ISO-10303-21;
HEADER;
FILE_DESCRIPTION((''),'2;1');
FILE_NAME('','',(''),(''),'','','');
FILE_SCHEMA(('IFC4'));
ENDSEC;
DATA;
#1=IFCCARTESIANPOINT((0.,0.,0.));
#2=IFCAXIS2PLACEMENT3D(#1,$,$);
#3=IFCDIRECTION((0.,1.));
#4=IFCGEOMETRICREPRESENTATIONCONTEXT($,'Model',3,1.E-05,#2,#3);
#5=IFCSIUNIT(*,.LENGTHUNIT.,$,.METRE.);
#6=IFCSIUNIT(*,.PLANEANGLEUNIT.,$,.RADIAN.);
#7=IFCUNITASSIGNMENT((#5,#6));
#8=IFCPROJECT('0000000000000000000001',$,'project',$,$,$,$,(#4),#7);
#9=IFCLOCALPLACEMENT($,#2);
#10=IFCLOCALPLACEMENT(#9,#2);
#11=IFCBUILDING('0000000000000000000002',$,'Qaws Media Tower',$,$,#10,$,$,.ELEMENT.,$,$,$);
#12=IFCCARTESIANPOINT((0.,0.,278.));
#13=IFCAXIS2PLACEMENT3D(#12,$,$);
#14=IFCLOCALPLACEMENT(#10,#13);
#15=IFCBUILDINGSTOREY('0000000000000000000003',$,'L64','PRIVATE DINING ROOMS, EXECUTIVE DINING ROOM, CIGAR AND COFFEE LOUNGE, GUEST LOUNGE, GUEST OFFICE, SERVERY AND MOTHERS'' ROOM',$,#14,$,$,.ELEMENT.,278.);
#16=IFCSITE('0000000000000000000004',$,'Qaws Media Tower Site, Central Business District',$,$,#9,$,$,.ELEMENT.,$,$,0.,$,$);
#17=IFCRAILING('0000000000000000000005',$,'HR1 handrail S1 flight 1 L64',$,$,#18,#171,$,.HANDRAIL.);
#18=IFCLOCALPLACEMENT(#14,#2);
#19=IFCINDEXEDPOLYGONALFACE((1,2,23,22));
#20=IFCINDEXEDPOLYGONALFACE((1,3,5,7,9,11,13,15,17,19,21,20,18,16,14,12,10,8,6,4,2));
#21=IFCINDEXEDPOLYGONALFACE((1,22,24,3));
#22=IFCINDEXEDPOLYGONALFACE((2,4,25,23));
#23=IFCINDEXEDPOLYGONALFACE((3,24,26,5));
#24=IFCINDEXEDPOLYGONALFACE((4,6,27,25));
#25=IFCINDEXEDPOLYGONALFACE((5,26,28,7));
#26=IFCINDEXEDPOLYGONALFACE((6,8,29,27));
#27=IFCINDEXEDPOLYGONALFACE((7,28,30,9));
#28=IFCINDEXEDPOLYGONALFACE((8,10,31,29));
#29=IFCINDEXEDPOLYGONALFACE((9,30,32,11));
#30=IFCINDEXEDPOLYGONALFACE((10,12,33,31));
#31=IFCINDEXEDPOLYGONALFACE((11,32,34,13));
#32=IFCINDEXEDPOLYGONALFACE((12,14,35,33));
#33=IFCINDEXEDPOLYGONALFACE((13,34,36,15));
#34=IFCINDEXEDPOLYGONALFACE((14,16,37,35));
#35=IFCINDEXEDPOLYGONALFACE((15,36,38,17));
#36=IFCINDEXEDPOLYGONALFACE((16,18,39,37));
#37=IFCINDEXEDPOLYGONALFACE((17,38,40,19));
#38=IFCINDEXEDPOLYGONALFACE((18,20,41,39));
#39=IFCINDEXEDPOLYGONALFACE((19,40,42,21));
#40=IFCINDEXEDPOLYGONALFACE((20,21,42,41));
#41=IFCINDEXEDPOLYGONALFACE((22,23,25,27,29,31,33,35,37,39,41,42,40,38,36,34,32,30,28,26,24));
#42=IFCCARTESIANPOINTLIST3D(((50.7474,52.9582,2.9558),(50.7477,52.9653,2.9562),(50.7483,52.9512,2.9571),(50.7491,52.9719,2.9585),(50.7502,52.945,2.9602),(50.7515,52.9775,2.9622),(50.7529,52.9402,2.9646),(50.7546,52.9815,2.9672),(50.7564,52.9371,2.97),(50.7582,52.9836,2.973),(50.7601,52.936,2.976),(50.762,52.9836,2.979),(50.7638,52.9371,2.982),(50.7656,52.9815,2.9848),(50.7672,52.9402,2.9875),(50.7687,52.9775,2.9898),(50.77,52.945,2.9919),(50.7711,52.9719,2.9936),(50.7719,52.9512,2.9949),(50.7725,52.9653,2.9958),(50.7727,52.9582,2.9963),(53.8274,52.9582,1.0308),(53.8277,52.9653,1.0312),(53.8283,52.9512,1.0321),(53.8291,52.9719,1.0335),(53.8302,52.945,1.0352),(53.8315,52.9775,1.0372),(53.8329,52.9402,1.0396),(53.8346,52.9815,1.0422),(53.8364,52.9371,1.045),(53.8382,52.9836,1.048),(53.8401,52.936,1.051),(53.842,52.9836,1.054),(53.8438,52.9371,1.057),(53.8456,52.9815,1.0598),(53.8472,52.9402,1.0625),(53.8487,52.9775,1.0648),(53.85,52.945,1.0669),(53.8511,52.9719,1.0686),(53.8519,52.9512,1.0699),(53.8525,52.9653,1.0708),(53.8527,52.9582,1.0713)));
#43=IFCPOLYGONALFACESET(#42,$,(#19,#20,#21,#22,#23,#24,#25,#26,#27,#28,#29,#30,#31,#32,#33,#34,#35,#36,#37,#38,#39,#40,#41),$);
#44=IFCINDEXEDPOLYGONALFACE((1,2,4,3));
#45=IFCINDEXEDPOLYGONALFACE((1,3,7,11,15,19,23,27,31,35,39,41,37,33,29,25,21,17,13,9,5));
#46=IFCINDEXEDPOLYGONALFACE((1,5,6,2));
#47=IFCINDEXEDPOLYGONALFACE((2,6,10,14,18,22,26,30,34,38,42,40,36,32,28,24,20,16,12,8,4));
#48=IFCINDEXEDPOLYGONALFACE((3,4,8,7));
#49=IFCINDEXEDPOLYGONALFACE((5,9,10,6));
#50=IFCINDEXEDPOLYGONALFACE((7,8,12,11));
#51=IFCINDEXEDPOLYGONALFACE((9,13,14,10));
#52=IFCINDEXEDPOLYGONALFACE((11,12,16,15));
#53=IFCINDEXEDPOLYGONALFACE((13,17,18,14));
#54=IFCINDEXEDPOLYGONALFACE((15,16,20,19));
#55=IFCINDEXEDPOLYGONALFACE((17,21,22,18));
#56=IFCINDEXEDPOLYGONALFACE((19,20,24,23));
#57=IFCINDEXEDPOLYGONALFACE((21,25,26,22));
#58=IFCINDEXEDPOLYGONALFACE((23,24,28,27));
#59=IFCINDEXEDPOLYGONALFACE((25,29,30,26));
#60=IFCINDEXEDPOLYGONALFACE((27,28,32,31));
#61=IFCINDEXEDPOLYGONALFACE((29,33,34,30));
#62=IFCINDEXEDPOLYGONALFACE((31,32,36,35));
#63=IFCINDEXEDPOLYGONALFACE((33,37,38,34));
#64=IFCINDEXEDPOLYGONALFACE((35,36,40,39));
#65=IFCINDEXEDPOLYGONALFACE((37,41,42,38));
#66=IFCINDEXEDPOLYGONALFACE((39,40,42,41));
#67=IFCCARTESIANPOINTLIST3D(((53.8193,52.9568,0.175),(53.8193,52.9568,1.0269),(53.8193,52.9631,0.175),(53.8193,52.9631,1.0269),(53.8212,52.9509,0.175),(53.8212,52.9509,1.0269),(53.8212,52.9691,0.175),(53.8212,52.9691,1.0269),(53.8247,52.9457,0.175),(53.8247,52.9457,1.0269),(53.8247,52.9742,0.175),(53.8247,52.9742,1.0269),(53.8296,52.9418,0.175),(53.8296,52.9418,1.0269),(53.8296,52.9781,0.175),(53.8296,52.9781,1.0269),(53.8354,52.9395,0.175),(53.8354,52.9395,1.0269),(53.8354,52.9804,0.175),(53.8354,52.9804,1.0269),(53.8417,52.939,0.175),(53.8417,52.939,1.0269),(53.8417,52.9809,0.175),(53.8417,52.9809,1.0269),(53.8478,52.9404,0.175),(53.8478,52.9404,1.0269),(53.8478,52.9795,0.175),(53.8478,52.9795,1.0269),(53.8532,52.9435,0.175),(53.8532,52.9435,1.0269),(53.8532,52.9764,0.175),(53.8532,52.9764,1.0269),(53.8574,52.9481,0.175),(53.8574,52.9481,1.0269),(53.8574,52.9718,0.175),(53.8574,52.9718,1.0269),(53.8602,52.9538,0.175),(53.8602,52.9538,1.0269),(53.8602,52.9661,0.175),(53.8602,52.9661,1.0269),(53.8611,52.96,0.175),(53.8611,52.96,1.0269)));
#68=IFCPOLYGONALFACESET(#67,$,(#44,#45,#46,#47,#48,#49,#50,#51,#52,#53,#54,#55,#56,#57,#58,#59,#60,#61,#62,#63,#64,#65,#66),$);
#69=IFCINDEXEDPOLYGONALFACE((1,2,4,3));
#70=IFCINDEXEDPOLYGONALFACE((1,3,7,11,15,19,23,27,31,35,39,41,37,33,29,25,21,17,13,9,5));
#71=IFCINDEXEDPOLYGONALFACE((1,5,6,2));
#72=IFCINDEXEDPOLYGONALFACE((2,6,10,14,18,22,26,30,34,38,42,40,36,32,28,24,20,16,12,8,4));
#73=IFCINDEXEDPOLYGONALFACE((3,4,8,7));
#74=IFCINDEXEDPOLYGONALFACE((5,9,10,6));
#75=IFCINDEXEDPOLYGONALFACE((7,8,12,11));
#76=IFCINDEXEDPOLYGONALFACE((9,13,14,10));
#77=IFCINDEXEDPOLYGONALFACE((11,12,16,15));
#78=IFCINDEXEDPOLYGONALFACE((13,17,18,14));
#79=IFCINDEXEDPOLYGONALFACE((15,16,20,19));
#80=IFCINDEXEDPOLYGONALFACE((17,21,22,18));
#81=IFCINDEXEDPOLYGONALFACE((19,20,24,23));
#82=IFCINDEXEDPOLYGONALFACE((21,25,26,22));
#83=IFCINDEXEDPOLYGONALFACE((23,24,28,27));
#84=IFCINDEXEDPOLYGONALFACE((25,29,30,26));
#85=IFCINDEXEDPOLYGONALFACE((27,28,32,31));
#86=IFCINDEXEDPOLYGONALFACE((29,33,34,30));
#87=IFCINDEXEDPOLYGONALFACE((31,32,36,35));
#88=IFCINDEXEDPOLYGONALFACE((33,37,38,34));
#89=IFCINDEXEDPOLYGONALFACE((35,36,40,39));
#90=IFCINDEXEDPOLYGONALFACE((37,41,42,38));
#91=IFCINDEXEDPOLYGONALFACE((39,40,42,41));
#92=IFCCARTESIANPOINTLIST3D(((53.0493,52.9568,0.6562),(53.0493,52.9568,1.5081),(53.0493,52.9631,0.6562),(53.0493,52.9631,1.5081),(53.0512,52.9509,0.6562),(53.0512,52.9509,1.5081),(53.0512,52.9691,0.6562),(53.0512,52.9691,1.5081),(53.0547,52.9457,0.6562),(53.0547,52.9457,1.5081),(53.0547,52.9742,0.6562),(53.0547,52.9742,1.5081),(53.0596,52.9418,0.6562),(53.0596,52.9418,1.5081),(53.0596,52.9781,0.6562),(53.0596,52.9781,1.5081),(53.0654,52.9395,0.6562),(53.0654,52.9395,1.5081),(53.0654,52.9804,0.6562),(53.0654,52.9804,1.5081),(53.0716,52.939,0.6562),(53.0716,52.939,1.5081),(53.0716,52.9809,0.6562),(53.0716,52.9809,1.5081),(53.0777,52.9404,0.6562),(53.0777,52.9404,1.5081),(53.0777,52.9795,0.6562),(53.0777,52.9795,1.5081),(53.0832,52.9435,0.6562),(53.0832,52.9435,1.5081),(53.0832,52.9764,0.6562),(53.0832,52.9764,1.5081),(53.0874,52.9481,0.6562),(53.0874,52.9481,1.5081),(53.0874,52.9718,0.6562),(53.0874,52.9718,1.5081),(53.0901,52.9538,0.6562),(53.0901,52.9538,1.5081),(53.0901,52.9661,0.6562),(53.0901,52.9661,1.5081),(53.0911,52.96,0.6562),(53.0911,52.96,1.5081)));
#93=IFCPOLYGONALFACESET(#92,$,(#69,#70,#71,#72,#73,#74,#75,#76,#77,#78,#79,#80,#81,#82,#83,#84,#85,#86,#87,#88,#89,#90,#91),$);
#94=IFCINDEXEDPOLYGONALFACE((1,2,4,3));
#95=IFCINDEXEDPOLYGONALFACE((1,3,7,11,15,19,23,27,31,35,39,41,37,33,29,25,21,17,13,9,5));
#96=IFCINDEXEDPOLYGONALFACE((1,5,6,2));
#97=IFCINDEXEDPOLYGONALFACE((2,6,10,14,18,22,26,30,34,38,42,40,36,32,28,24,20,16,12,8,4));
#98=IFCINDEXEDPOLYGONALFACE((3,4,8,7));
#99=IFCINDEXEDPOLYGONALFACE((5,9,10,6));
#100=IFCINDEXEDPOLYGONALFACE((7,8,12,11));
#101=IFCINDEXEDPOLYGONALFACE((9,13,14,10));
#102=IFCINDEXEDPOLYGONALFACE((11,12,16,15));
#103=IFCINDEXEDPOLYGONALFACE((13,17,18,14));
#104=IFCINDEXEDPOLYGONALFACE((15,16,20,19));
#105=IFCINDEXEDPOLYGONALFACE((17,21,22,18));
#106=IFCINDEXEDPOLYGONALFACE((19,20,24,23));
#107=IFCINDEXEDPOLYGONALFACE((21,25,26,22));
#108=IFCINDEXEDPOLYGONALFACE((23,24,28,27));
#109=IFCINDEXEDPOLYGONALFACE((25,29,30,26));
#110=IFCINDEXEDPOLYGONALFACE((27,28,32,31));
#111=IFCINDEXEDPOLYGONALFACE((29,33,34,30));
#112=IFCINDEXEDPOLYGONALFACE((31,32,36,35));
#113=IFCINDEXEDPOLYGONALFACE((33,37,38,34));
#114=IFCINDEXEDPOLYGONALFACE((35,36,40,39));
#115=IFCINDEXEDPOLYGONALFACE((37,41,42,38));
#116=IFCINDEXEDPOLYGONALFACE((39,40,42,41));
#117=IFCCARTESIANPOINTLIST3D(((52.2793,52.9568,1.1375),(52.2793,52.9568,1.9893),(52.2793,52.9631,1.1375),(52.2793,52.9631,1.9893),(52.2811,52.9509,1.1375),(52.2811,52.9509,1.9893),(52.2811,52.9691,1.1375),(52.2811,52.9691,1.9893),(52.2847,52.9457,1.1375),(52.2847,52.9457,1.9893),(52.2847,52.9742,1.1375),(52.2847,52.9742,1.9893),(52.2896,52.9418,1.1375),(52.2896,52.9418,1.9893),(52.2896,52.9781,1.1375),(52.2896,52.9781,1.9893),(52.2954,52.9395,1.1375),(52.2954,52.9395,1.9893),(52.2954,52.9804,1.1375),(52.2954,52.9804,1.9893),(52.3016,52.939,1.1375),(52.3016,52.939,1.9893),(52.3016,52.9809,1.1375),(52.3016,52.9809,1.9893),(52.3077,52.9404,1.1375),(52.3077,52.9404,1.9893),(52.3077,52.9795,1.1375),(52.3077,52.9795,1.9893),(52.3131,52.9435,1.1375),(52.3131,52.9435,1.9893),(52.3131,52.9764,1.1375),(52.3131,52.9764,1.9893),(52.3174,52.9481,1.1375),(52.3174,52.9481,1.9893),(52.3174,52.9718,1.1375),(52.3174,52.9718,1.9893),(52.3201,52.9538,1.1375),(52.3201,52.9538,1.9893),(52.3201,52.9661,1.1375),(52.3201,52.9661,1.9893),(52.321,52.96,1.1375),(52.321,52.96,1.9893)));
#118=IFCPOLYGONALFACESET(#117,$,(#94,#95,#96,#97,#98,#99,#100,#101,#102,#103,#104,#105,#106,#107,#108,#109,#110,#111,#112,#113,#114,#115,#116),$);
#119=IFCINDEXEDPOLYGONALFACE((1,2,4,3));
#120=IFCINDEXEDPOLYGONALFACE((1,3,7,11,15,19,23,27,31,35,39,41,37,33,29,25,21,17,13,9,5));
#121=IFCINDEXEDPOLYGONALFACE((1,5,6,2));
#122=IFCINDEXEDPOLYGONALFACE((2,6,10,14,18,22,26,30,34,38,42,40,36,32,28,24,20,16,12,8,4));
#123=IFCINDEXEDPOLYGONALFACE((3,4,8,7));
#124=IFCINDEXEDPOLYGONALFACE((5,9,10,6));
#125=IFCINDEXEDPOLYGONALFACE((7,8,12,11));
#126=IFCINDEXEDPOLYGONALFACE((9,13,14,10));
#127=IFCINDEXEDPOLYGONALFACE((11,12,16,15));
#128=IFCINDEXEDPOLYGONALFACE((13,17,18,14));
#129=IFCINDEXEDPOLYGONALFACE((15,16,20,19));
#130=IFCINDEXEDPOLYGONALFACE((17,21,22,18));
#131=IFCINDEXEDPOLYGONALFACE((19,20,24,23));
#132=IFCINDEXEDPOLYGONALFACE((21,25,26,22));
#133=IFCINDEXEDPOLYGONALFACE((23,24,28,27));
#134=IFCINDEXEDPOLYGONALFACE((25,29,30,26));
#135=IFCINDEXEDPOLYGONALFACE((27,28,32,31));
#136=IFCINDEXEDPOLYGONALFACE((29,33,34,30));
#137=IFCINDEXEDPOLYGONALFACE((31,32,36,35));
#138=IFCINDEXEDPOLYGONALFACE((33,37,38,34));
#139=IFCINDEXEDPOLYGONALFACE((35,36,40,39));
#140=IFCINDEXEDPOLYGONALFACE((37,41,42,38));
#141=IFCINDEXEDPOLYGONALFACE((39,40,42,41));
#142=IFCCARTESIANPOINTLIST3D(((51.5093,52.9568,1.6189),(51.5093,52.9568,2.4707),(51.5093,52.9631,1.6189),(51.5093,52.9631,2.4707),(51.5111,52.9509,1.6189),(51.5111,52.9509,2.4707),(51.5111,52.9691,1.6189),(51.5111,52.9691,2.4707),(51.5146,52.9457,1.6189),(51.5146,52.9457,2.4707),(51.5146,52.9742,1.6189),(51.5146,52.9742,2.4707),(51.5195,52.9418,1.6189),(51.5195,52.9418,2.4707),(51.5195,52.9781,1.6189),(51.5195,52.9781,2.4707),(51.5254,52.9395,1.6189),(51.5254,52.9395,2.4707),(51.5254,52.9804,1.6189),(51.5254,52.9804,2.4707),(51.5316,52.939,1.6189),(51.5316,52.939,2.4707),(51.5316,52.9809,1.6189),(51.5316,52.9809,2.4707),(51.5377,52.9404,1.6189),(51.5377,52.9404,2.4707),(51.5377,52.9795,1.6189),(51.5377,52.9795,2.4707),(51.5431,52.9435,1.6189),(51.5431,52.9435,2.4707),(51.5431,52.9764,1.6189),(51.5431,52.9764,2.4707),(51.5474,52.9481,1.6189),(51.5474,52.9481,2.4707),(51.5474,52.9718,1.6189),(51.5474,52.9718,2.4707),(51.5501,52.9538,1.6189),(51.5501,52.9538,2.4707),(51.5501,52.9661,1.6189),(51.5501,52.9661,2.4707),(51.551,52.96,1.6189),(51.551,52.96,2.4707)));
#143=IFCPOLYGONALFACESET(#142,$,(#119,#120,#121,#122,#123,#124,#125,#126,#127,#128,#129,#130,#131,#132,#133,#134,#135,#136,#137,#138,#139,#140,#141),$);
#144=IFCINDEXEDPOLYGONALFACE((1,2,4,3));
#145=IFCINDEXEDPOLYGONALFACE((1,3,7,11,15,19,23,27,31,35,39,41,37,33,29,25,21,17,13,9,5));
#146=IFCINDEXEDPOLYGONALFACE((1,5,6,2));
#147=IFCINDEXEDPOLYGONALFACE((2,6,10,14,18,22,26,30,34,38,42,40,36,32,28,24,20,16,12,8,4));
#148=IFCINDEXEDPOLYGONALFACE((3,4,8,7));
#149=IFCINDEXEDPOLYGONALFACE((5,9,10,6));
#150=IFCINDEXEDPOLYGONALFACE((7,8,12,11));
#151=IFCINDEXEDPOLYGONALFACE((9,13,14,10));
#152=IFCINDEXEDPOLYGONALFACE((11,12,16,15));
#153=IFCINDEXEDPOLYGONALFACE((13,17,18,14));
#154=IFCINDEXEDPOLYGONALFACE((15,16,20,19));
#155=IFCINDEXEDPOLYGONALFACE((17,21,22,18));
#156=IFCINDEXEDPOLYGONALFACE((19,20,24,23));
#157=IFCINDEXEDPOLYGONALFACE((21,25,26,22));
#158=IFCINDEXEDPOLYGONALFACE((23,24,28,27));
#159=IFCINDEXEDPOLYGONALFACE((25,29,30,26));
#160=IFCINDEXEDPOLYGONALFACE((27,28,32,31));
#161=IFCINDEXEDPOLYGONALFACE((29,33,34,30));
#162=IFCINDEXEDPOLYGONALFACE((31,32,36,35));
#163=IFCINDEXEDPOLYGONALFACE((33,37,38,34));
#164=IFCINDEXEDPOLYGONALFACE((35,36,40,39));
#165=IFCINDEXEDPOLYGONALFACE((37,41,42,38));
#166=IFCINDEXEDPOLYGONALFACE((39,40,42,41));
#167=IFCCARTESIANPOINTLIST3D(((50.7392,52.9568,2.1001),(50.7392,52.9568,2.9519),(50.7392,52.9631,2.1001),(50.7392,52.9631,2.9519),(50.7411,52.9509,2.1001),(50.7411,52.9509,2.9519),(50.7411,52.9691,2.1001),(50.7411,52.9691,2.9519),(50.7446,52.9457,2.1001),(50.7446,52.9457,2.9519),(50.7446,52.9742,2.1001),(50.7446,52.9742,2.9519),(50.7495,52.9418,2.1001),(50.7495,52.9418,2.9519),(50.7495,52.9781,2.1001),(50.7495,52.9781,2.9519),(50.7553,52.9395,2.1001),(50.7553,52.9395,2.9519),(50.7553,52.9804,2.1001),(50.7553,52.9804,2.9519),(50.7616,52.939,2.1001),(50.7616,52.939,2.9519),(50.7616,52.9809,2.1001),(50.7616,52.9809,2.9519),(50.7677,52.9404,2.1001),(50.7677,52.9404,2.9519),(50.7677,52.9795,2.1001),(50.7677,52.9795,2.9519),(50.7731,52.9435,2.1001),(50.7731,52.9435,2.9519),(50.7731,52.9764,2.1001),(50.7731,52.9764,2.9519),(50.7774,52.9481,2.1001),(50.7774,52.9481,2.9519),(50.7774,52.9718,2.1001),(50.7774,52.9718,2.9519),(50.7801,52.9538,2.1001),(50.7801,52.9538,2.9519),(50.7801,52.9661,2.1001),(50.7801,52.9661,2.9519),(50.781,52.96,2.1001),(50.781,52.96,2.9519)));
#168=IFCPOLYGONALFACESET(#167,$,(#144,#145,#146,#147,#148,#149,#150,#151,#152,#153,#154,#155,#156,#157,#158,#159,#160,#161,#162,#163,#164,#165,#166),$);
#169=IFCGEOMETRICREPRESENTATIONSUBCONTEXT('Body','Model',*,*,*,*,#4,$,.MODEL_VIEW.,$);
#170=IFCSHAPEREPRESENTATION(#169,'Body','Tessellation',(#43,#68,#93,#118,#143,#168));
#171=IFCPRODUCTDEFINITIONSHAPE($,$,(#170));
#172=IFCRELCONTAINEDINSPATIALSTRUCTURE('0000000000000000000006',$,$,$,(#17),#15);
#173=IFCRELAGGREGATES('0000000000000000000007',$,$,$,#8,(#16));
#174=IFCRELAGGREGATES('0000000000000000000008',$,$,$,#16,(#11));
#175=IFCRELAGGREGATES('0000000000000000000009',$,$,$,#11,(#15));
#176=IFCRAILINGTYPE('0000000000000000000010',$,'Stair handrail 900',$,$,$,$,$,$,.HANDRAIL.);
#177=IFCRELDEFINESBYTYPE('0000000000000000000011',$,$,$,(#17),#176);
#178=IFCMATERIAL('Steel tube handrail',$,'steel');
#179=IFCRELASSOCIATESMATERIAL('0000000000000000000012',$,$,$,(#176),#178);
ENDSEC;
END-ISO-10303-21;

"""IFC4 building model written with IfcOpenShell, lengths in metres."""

from ifc_helpers import new_model, si_unit, direction, frame, origin, origin_2d, place, context, subcontext, project, spatial, circle, extrude, material, type_object, element, save


model = new_model("IFC4")

# Units and contexts
model_context = context("Model", 3, precision=1e-05, world=origin(), true_north=direction((0.0, 1.0)))
body_context = subcontext(model_context, "Body", "Model", "MODEL_VIEW")
ifc_project = project(units=[si_unit("LENGTHUNIT", "METRE"), si_unit("PLANEANGLEUNIT", "RADIAN")], contexts=[model_context])

# Site, building, storey
site_placement = place(None, origin())
site = spatial("IfcSite", under=ifc_project, at=site_placement, Name="Qaws Media Tower Site, Central Business District", CompositionType="ELEMENT", RefElevation=0.0)
building_placement = place(site_placement, origin())
building = spatial("IfcBuilding", under=site, at=building_placement, Name="Qaws Media Tower", CompositionType="ELEMENT")
storey_placement = place(building_placement, frame((0.0, 0.0, 278.0)))
storey = spatial("IfcBuildingStorey", under=building, at=storey_placement, Name="L64", Description="PRIVATE DINING ROOMS, EXECUTIVE DINING ROOM, CIGAR AND COFFEE LOUNGE, GUEST LOUNGE, GUEST OFFICE, SERVERY AND MOTHERS' ROOM", CompositionType="ELEMENT", Elevation=278.0)

# Railing
ifc_material_1 = material(Name="Steel tube handrail", Category="steel")
railing_type = type_object("IfcRailingType", Name="Stair handrail 900", PredefinedType="HANDRAIL", material=ifc_material_1)
for number, where, name in (
    (1, (53.8401, 52.96, 0.175), "HR1 handrail S1 flight 1 L64"),
):
    element("IfcRailing", number, at=place(storey_placement, frame(where)), inside=storey, type_object=railing_type, Name=name, PredefinedType="HANDRAIL", context=body_context, shape_type="SweptSolid", body=[
        extrude(circle(Radius=0.0239, at=origin_2d()), frame((0.0, 0.0, 0.876), z_axis=(-0.847998, 0.0, 0.529999), x_axis=(0.0, -1.0, 0.0)), (0.0, 0.0, 1.0), 3.6321),
        extrude(circle(Radius=0.021, at=origin_2d()), origin(), (0.0, 0.0, 1.0), 0.8518),
        extrude(circle(Radius=0.021, at=origin_2d()), frame((-0.77, 0.0, 0.4812)), (0.0, 0.0, 1.0), 0.8518),
        extrude(circle(Radius=0.021, at=origin_2d()), frame((-1.54, 0.0, 0.9624)), (0.0, 0.0, 1.0), 0.8518),
        extrude(circle(Radius=0.021, at=origin_2d()), frame((-2.3101, 0.0, 1.4438)), (0.0, 0.0, 1.0), 0.8518),
        extrude(circle(Radius=0.021, at=origin_2d()), frame((-3.0801, 0.0, 1.925)), (0.0, 0.0, 1.0), 0.8518),
    ])

save(model, "model.ifc")
